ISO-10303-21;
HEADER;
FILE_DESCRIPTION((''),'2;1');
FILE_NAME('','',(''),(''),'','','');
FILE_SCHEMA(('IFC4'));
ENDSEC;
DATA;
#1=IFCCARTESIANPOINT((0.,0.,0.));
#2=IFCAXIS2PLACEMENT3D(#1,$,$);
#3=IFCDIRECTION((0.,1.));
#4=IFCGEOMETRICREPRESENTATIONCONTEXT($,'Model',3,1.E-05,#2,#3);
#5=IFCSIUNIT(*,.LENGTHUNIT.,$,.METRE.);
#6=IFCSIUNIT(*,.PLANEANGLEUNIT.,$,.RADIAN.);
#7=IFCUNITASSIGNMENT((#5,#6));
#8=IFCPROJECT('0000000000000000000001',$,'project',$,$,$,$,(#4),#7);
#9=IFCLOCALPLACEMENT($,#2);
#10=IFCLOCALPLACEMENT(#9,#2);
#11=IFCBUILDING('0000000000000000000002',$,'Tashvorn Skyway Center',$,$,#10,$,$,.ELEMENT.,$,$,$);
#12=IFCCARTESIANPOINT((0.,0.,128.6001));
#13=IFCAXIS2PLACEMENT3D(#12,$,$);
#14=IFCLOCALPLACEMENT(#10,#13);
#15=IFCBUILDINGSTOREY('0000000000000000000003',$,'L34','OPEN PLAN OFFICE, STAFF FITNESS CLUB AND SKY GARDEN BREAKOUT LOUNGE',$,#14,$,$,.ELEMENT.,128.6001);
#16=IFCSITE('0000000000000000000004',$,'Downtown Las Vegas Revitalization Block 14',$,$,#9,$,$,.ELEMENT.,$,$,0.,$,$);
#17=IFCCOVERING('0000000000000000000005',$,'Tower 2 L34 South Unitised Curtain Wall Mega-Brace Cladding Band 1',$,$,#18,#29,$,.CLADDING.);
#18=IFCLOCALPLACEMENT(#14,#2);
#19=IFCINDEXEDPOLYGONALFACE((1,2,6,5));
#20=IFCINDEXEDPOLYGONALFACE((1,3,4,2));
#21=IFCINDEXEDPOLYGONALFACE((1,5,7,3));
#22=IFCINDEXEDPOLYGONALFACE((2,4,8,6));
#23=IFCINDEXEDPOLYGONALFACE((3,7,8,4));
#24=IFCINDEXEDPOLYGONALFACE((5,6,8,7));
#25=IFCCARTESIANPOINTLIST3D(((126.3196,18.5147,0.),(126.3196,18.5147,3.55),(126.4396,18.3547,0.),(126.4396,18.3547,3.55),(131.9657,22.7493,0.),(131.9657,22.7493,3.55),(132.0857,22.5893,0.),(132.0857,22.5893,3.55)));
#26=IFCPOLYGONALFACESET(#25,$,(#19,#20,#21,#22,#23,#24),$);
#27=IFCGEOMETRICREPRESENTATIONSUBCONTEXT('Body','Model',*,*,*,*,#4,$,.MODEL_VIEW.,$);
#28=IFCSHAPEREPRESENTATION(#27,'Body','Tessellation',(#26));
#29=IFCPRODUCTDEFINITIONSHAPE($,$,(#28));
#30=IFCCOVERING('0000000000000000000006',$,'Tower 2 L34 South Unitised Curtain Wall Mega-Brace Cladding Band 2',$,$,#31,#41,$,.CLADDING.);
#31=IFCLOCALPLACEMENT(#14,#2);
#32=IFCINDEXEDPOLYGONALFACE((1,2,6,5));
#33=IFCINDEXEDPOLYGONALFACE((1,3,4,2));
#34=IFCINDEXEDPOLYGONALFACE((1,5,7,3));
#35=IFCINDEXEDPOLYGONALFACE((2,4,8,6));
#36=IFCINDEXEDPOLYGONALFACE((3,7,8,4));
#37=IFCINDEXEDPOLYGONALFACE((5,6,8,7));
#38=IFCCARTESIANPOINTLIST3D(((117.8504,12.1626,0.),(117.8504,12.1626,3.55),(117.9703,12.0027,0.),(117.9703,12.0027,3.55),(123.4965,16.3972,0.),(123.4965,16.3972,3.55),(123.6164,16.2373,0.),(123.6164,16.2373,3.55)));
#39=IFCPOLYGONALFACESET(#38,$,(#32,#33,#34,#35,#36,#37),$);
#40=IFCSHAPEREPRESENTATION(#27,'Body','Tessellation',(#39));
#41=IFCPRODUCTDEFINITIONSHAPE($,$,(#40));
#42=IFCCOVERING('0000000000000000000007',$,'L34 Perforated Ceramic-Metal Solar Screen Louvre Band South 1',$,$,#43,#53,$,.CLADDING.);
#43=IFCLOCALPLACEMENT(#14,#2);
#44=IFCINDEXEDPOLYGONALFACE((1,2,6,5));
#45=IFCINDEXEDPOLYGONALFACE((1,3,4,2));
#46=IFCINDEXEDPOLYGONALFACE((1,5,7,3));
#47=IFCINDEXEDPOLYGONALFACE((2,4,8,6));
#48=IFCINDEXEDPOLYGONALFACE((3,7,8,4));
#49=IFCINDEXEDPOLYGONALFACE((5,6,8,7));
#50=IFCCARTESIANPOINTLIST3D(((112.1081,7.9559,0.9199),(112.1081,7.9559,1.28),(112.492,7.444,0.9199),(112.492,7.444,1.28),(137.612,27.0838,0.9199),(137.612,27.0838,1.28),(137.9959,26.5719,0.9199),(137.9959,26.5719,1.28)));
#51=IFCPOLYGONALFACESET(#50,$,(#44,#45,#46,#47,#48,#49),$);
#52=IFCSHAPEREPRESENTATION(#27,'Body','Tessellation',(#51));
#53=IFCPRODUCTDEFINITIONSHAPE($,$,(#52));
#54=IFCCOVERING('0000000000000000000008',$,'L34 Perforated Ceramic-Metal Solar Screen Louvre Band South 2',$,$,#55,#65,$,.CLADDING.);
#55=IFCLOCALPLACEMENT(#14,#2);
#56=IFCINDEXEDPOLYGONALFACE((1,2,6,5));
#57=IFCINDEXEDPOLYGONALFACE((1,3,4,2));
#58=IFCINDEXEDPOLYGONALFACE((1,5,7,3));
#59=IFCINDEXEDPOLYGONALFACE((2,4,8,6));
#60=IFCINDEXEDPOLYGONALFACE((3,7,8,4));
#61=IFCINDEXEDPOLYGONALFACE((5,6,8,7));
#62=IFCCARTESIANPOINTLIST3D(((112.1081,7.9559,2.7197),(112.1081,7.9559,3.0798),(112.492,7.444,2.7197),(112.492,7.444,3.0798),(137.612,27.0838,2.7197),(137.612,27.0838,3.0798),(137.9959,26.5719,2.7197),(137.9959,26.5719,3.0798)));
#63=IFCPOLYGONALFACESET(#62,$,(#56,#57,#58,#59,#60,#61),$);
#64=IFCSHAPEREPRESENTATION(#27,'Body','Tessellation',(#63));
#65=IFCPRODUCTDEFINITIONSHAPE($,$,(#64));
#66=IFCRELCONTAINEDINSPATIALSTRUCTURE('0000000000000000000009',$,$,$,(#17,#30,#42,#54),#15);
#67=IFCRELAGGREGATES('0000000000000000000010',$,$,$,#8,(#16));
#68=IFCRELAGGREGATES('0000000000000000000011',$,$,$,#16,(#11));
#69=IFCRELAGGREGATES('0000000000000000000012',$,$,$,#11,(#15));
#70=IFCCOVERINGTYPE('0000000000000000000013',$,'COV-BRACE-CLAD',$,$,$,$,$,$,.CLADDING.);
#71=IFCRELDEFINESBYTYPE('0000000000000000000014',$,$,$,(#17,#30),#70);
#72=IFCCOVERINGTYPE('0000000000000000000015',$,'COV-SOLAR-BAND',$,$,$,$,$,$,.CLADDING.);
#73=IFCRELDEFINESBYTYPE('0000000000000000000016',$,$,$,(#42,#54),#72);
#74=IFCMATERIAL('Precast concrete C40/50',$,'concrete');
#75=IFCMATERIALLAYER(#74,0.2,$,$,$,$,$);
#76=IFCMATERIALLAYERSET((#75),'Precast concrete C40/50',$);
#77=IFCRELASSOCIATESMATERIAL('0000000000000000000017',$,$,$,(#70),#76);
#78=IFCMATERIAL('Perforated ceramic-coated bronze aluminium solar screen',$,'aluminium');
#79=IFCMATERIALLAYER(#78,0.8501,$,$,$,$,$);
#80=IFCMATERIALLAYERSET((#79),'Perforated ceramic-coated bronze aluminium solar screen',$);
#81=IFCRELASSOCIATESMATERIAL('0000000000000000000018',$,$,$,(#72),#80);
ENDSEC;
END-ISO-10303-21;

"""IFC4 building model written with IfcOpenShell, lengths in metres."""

from ifc_helpers import new_model, si_unit, direction, frame, origin, origin_2d, place, context, subcontext, project, spatial, rectangle, extrude, material, layer, layer_set, type_object, element, save


model = new_model("IFC4")

# Units and contexts
model_context = context("Model", 3, precision=1e-05, world=origin(), true_north=direction((0.0, 1.0)))
body_context = subcontext(model_context, "Body", "Model", "MODEL_VIEW")
ifc_project = project(units=[si_unit("LENGTHUNIT", "METRE"), si_unit("PLANEANGLEUNIT", "RADIAN")], contexts=[model_context])

# Site, building, storey
site_placement = place(None, origin())
site = spatial("IfcSite", under=ifc_project, at=site_placement, Name="Downtown Las Vegas Revitalization Block 14", CompositionType="ELEMENT", RefElevation=0.0)
building_placement = place(site_placement, origin())
building = spatial("IfcBuilding", under=site, at=building_placement, Name="Tashvorn Skyway Center", CompositionType="ELEMENT")
storey_placement = place(building_placement, frame((0.0, 0.0, 128.6001)))
storey = spatial("IfcBuildingStorey", under=building, at=storey_placement, Name="L34", Description="OPEN PLAN OFFICE, STAFF FITNESS CLUB AND SKY GARDEN BREAKOUT LOUNGE", CompositionType="ELEMENT", Elevation=128.6001)

# Coverings
ifc_material_1 = material(Name="Precast concrete C40/50", Category="concrete")
ifc_layer_1 = layer(ifc_material_1, 0.2)
ifc_layer_set_1 = layer_set([ifc_layer_1], Name="Precast concrete C40/50")
covering_type_1 = type_object("IfcCoveringType", Name="COV-BRACE-CLAD", PredefinedType="CLADDING", material=ifc_layer_set_1)
for number, where, z_axis, x_axis, name in (
    (1, (129.2026, 20.552, 0.0), (0.0, 0.0, 1.0), (-0.8, -0.6, 0.0), "Tower 2 L34 South Unitised Curtain Wall Mega-Brace Cladding Band 1"),
    (2, (120.7334, 14.2, 0.0), (0.0, 0.0, 1.0), (-0.8, -0.6, 0.0), "Tower 2 L34 South Unitised Curtain Wall Mega-Brace Cladding Band 2"),
):
    element("IfcCovering", number, at=place(storey_placement, frame(where, z_axis=z_axis, x_axis=x_axis)), inside=storey, type_object=covering_type_1, Name=name, PredefinedType="CLADDING", context=body_context, shape_type="SweptSolid", body=[
        extrude(rectangle(XDim=7.0576, YDim=0.2, at=origin_2d()), origin(), (0.0, 0.0, 1.0), 3.55),
    ])
ifc_material_2 = material(Name="Perforated ceramic-coated bronze aluminium solar screen", Category="aluminium")
ifc_layer_2 = layer(ifc_material_2, 0.8501)
ifc_layer_set_2 = layer_set([ifc_layer_2], Name="Perforated ceramic-coated bronze aluminium solar screen")
covering_type_2 = type_object("IfcCoveringType", Name="COV-SOLAR-BAND", PredefinedType="CLADDING", material=ifc_layer_set_2)
for number, where, z_axis, x_axis, name in (
    (3, (125.052, 17.2639, 0.9199), (0.0, 0.0, 1.0), (-0.8, -0.6, 0.0), "L34 Perforated Ceramic-Metal Solar Screen Louvre Band South 1"),
    (4, (125.052, 17.2639, 2.7197), (0.0, 0.0, 1.0), (-0.8, -0.6, 0.0), "L34 Perforated Ceramic-Metal Solar Screen Louvre Band South 2"),
):
    element("IfcCovering", number, at=place(storey_placement, frame(where, z_axis=z_axis, x_axis=x_axis)), inside=storey, type_object=covering_type_2, Name=name, PredefinedType="CLADDING", context=body_context, shape_type="SweptSolid", body=[
        extrude(rectangle(XDim=31.8799, YDim=0.6399, at=origin_2d()), origin(), (0.0, 0.0, 1.0), 0.3601),
    ])

save(model, "model.ifc")
